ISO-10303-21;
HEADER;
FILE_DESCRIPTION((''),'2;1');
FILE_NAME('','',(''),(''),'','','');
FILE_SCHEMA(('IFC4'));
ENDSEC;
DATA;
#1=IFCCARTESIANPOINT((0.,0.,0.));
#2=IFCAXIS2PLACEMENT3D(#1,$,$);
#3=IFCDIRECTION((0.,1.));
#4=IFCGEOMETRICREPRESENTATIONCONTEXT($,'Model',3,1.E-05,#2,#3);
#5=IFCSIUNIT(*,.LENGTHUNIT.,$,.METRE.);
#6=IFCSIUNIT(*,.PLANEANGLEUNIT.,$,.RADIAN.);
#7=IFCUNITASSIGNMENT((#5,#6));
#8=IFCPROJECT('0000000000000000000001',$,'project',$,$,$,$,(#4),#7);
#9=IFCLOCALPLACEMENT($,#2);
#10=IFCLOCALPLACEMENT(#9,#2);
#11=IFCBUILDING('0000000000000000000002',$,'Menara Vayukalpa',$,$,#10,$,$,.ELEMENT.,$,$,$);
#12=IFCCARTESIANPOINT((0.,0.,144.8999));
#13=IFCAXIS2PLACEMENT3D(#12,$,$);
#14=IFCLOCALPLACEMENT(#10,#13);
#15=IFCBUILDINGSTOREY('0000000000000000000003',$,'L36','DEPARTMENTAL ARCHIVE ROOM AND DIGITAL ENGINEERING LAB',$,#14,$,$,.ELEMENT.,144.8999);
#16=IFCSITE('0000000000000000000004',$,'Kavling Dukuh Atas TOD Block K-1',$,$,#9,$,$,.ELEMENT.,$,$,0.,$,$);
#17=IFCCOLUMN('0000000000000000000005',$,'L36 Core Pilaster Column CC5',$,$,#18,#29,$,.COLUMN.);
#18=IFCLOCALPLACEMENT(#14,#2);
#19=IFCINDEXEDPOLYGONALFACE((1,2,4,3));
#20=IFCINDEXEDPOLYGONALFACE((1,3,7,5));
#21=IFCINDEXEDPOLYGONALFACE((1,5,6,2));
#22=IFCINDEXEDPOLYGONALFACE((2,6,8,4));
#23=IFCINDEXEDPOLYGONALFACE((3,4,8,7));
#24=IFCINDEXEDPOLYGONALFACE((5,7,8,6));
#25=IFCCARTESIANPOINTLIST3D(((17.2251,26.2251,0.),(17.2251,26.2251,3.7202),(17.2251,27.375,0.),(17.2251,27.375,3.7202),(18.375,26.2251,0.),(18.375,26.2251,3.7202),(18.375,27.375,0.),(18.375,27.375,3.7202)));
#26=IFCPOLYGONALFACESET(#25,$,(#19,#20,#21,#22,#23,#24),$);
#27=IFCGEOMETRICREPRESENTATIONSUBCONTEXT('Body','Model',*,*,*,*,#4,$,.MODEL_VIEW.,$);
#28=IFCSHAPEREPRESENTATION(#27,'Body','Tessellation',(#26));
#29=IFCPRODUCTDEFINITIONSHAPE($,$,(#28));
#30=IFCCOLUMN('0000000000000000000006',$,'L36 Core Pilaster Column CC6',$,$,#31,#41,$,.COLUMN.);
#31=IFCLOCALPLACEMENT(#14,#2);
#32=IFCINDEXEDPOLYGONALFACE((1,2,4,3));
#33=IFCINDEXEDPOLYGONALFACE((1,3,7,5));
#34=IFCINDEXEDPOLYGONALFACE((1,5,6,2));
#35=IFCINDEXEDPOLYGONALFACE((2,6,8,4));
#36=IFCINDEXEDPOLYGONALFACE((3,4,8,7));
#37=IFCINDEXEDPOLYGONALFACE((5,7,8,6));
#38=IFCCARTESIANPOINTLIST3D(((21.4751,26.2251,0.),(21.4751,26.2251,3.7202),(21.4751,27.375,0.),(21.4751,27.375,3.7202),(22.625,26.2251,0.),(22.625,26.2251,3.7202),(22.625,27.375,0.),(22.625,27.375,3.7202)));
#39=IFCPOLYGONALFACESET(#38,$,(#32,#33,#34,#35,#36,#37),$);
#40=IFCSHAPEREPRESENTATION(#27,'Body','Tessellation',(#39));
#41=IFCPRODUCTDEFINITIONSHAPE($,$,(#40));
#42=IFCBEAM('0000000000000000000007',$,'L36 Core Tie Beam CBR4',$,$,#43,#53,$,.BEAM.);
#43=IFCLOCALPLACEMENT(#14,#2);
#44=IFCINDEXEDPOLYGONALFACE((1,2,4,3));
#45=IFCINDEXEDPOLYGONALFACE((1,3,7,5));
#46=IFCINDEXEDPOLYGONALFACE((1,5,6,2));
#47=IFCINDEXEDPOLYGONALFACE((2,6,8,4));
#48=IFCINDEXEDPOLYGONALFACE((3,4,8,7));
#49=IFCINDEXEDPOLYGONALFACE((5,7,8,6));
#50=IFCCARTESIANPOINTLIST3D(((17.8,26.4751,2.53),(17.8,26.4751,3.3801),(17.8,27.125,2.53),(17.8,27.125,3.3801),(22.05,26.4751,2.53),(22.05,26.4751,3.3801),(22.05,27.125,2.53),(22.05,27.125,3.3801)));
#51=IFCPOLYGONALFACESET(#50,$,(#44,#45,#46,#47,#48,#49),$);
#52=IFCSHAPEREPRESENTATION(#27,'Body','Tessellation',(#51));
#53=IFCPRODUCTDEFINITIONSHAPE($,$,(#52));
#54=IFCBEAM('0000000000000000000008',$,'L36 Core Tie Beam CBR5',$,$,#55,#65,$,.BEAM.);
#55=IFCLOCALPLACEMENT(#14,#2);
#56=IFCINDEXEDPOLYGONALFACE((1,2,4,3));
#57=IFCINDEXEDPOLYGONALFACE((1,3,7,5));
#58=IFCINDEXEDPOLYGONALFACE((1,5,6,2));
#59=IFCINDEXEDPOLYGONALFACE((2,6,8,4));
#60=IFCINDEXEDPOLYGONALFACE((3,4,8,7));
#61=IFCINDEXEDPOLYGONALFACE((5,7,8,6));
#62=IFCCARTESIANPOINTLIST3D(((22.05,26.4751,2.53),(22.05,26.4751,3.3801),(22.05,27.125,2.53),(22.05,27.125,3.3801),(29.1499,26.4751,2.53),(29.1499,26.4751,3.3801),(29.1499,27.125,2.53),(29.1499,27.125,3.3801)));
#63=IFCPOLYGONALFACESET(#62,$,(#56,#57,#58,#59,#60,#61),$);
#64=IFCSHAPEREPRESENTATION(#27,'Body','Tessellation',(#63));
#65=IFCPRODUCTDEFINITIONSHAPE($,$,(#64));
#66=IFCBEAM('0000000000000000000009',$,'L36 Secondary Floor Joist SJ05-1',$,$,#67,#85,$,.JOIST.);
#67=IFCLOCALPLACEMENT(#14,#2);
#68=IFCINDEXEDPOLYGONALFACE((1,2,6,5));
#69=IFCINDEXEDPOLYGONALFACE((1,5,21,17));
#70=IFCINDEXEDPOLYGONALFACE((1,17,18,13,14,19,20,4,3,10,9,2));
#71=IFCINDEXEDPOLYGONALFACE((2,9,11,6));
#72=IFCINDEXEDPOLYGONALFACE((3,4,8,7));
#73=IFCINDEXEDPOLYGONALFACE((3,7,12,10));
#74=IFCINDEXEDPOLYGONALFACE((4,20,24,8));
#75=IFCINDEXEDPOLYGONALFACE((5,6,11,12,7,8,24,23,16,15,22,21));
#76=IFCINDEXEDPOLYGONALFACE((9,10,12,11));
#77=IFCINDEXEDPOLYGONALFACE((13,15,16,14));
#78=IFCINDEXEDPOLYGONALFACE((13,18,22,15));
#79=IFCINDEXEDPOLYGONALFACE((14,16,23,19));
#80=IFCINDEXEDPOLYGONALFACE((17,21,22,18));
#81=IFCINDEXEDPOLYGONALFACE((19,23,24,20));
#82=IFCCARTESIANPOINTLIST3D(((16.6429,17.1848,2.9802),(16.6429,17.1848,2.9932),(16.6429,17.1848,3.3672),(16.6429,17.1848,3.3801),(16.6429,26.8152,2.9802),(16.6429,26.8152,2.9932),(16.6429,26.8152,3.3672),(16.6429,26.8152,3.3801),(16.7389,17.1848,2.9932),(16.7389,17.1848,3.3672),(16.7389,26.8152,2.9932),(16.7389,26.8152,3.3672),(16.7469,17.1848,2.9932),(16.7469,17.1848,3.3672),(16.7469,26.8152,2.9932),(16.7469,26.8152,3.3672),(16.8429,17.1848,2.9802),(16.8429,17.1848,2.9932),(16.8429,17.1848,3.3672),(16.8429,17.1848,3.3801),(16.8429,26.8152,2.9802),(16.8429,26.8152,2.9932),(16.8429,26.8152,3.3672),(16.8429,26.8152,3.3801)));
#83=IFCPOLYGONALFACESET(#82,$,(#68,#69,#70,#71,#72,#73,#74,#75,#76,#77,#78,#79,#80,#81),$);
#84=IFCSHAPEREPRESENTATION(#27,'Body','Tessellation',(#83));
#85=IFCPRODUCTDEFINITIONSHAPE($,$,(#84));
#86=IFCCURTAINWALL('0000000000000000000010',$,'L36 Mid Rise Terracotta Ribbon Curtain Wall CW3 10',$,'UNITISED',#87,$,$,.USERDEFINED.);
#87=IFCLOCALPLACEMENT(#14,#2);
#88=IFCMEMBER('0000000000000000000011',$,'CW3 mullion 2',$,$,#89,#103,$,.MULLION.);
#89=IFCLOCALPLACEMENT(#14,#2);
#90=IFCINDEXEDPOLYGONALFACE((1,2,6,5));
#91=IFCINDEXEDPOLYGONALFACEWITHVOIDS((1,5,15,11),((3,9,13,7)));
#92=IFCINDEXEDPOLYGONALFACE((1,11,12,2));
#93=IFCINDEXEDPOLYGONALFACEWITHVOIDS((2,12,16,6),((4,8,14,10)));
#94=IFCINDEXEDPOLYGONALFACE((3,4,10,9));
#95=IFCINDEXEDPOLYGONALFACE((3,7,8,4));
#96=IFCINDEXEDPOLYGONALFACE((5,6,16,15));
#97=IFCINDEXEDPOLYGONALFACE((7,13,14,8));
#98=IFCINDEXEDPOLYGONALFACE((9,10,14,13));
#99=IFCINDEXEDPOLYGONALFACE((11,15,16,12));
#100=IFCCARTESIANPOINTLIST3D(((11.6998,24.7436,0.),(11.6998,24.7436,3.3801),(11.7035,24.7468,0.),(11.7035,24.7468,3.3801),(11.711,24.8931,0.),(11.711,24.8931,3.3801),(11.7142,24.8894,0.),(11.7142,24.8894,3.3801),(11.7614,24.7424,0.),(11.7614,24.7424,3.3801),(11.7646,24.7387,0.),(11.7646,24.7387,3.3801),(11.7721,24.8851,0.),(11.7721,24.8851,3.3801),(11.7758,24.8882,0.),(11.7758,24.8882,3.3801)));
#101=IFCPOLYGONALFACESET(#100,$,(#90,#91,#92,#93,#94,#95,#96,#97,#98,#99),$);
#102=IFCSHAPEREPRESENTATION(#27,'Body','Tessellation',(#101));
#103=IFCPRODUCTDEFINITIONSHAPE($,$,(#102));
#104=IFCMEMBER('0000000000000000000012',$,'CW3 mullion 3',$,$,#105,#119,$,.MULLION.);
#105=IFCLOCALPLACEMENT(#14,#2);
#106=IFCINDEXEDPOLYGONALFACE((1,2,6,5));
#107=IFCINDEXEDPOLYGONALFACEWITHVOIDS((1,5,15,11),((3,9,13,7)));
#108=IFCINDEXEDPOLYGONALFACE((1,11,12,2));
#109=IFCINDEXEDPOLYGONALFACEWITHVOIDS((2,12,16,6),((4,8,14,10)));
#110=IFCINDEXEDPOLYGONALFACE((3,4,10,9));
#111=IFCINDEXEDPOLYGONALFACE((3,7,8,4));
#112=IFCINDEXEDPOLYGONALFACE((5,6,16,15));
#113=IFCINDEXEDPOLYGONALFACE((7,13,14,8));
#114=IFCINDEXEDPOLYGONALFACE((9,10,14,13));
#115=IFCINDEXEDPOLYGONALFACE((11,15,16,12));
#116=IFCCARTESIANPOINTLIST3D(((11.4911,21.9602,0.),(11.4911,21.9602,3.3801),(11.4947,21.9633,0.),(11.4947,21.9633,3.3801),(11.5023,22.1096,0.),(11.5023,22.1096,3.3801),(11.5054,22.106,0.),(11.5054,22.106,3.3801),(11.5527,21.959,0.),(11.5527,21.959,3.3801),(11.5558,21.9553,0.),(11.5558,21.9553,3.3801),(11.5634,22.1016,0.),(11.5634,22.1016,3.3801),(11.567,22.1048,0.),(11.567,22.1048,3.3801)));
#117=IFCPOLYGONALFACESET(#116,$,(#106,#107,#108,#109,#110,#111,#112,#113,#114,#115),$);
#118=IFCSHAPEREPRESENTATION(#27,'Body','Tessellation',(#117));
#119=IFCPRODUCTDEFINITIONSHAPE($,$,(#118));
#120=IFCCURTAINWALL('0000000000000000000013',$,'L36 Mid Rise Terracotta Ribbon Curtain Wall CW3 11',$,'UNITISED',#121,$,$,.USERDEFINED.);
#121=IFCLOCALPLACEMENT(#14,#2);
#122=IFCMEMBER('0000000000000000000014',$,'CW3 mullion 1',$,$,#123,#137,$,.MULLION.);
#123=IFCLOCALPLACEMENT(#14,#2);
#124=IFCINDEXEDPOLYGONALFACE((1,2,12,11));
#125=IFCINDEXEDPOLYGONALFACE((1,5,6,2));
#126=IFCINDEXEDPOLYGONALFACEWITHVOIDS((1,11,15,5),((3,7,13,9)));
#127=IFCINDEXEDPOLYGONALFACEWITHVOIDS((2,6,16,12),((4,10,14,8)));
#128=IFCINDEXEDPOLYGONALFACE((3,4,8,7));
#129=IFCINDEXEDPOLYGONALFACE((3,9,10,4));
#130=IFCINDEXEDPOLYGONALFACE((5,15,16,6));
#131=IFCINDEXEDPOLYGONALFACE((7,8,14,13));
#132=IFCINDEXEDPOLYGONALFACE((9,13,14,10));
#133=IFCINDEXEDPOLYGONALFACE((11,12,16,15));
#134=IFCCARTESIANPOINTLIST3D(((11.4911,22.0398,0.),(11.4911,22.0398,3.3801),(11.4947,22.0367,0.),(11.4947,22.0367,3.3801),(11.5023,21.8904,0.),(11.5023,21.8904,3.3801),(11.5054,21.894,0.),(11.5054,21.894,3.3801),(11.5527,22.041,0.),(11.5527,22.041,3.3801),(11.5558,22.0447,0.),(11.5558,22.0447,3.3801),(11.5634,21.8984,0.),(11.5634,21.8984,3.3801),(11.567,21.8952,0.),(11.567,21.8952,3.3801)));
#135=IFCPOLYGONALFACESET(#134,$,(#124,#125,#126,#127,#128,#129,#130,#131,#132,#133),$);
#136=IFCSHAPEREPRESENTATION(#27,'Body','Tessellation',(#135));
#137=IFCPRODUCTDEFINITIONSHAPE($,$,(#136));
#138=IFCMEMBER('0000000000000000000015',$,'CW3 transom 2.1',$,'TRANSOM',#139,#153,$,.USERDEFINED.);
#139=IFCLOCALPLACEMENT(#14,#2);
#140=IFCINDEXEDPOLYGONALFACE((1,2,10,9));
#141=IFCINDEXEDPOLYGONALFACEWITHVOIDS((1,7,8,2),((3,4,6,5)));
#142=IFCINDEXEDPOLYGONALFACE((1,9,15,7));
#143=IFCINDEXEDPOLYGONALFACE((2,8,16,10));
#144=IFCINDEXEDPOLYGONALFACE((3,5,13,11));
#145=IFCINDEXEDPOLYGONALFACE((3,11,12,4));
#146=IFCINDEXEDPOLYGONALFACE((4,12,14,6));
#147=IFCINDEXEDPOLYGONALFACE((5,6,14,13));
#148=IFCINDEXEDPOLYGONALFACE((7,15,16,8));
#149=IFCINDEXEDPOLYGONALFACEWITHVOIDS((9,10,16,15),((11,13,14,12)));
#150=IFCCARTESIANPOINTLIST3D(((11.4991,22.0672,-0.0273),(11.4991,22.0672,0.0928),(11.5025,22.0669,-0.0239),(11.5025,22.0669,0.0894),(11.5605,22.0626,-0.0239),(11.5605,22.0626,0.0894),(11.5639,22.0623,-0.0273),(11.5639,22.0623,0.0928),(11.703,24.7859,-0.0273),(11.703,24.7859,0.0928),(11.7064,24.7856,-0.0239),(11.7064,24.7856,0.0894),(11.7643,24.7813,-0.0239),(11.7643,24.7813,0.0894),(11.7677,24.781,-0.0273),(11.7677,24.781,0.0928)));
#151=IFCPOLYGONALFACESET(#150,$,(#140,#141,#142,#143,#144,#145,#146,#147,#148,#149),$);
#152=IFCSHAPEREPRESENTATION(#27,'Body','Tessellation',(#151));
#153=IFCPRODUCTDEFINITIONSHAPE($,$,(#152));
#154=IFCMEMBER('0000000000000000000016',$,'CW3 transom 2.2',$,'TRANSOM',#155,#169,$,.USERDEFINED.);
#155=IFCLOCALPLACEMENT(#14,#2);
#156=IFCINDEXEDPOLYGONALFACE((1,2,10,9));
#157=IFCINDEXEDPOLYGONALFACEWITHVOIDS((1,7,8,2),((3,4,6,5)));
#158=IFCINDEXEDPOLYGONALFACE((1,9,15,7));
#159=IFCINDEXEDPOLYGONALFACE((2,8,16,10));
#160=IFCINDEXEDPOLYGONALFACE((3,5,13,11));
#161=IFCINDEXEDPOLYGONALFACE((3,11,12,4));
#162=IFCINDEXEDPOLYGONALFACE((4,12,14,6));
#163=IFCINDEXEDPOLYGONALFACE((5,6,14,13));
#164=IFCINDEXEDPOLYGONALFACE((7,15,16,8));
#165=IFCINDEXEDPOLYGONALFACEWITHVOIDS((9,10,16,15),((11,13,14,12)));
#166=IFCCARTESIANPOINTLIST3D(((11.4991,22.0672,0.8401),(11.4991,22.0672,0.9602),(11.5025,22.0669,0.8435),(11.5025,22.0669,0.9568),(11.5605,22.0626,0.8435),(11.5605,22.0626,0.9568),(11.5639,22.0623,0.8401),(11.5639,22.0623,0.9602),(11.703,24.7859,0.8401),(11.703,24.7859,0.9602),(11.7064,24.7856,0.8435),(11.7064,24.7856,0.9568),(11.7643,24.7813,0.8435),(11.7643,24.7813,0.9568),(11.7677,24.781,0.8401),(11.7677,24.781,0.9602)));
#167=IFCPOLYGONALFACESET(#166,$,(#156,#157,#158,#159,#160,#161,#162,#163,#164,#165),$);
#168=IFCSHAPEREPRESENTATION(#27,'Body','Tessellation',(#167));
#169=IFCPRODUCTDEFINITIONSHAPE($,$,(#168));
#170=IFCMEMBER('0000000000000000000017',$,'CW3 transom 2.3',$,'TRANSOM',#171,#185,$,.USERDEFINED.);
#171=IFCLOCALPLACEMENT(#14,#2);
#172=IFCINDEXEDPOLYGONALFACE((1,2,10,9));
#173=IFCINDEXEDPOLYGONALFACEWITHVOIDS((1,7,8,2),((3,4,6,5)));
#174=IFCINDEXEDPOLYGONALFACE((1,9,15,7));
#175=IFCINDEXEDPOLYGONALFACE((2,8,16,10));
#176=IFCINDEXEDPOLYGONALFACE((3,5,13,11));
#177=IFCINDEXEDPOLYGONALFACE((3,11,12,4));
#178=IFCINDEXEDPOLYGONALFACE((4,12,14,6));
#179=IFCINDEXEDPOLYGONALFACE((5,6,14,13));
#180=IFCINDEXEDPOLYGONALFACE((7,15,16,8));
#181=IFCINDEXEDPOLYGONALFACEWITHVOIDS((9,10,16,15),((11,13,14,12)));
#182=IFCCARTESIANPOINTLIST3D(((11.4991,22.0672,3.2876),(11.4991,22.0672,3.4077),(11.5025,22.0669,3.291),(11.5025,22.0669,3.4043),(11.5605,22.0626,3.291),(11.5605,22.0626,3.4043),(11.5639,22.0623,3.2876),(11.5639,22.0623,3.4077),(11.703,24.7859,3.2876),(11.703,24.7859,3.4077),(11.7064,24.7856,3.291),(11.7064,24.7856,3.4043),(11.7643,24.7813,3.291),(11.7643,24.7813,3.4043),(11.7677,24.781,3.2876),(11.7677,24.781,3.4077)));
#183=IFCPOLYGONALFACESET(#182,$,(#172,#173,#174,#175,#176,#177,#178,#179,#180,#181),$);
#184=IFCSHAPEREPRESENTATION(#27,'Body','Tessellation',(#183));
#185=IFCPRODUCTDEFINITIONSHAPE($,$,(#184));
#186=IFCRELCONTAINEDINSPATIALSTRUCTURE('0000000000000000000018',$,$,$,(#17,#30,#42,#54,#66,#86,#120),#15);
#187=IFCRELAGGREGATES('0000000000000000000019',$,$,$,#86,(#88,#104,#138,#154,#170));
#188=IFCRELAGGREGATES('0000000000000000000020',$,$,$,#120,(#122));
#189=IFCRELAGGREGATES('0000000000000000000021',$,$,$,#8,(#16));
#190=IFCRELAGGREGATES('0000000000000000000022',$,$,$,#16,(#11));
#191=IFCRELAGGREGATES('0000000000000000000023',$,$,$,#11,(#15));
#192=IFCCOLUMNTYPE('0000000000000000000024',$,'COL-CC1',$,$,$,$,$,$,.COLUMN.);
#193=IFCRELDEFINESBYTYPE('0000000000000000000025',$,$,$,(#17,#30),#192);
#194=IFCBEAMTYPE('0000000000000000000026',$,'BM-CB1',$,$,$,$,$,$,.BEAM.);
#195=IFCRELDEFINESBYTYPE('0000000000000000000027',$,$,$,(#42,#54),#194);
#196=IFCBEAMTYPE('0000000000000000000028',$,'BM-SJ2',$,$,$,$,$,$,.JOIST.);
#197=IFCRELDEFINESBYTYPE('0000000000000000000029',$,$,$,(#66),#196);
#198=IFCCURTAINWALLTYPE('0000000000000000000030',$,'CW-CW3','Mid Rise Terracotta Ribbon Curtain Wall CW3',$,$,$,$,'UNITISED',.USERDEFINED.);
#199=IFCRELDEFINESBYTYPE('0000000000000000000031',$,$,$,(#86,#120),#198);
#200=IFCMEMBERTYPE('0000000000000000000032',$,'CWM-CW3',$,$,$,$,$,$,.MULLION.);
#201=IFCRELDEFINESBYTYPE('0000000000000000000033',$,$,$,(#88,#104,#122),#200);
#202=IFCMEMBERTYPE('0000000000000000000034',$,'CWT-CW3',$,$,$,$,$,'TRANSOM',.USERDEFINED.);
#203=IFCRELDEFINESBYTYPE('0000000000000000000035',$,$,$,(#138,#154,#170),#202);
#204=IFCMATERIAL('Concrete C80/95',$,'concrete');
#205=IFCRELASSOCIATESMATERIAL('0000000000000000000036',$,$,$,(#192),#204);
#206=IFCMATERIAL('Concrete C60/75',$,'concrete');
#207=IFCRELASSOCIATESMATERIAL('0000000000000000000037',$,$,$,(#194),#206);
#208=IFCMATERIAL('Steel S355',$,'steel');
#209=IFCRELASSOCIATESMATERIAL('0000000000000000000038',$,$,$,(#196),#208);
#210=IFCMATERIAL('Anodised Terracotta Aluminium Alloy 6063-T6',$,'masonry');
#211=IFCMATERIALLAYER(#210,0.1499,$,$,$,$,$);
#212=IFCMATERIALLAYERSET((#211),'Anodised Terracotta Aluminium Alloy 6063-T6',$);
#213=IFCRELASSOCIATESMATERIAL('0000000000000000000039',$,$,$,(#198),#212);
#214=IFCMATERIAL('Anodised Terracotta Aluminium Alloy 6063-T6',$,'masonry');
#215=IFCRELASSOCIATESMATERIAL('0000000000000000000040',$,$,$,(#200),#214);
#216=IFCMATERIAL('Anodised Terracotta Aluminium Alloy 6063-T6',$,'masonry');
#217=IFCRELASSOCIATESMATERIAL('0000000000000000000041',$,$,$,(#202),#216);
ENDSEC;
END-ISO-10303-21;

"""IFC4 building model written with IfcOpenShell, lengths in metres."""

from ifc_helpers import new_model, si_unit, direction, frame, origin, origin_2d, place, context, subcontext, project, spatial, rectangle, hollow_rectangle, i_section, extrude, material, layer, layer_set, material_profile, profile_set, type_object, element, aggregate, save


model = new_model("IFC4")

# Units and contexts
model_context = context("Model", 3, precision=1e-05, world=origin(), true_north=direction((0.0, 1.0)))
body_context = subcontext(model_context, "Body", "Model", "MODEL_VIEW")
ifc_project = project(units=[si_unit("LENGTHUNIT", "METRE"), si_unit("PLANEANGLEUNIT", "RADIAN")], contexts=[model_context])

# Site, building, storey
site_placement = place(None, origin())
site = spatial("IfcSite", under=ifc_project, at=site_placement, Name="Kavling Dukuh Atas TOD Block K-1", CompositionType="ELEMENT", RefElevation=0.0)
building_placement = place(site_placement, origin())
building = spatial("IfcBuilding", under=site, at=building_placement, Name="Menara Vayukalpa", CompositionType="ELEMENT")
storey_placement = place(building_placement, frame((0.0, 0.0, 144.8999)))
storey = spatial("IfcBuildingStorey", under=building, at=storey_placement, Name="L36", Description="DEPARTMENTAL ARCHIVE ROOM AND DIGITAL ENGINEERING LAB", CompositionType="ELEMENT", Elevation=144.8999)

# Columns
ifc_material_1 = material(Name="Concrete C80/95", Category="concrete")
ifc_material_profile_1 = material_profile(ifc_material_1, rectangle(XDim=1.1499, YDim=1.1499, at=origin_2d()), Name="RC 1150x1150")
ifc_profile_set_1 = profile_set([ifc_material_profile_1], Name="Concrete C80/95")
column_type = type_object("IfcColumnType", Name="COL-CC1", PredefinedType="COLUMN", material=ifc_profile_set_1)
for number, where, z_axis, x_axis, name in (
    (1, (17.8, 26.8, 0.0), (0.0, 0.0, 1.0), (1.0, 0.0, 0.0), "L36 Core Pilaster Column CC5"),
    (2, (22.05, 26.8, 0.0), (0.0, 0.0, 1.0), (1.0, 0.0, 0.0), "L36 Core Pilaster Column CC6"),
):
    element("IfcColumn", number, at=place(storey_placement, frame(where, z_axis=z_axis, x_axis=x_axis)), inside=storey, type_object=column_type, Name=name, PredefinedType="COLUMN", context=body_context, shape_type="SweptSolid", body=[
        extrude(rectangle(XDim=1.1499, YDim=1.1499, at=origin_2d()), origin(), (0.0, 0.0, 1.0), 3.7202),
    ])

# Beams
ifc_material_2 = material(Name="Concrete C60/75", Category="concrete")
ifc_material_profile_2 = material_profile(ifc_material_2, rectangle(XDim=0.6499, YDim=0.8501, at=origin_2d()), Name="RC 650x850")
ifc_profile_set_2 = profile_set([ifc_material_profile_2], Name="Concrete C60/75")
beam_type_1 = type_object("IfcBeamType", Name="BM-CB1", PredefinedType="BEAM", material=ifc_profile_set_2)
beam_1_placement = place(storey_placement, frame((17.8, 26.8, 2.9551), z_axis=(1.0, 0.0, 0.0), x_axis=(0.0, 1.0, 0.0)))
element("IfcBeam", 3, at=beam_1_placement, inside=storey, type_object=beam_type_1, Name="L36 Core Tie Beam CBR4", PredefinedType="BEAM", context=body_context, shape_type="SweptSolid", body=[
    extrude(rectangle(XDim=0.6499, YDim=0.8501, at=origin_2d()), origin(), (0.0, 0.0, 1.0), 4.25),
])
beam_2_placement = place(storey_placement, frame((22.05, 26.8, 2.9551), z_axis=(1.0, 0.0, 0.0), x_axis=(0.0, 1.0, 0.0)))
element("IfcBeam", 4, at=beam_2_placement, inside=storey, type_object=beam_type_1, Name="L36 Core Tie Beam CBR5", PredefinedType="BEAM", context=body_context, shape_type="SweptSolid", body=[
    extrude(rectangle(XDim=0.6499, YDim=0.8501, at=origin_2d()), origin(), (0.0, 0.0, 1.0), 7.0999),
])
ifc_material_3 = material(Name="Steel S355", Category="steel")
ifc_material_profile_3 = material_profile(ifc_material_3, i_section(OverallWidth=0.2, OverallDepth=0.3999, WebThickness=0.0081, FlangeThickness=0.0129, at=origin_2d()), Name="WF 400x200x8x13")
ifc_profile_set_3 = profile_set([ifc_material_profile_3], Name="Steel S355")
beam_type_2 = type_object("IfcBeamType", Name="BM-SJ2", PredefinedType="JOIST", material=ifc_profile_set_3)
beam_3_placement = place(storey_placement, frame((16.7429, 26.8152, 3.1802), z_axis=(0.0, -1.0, 0.0), x_axis=(1.0, 0.0, 0.0)))
element("IfcBeam", 5, at=beam_3_placement, inside=storey, type_object=beam_type_2, Name="L36 Secondary Floor Joist SJ05-1", PredefinedType="JOIST", context=body_context, shape_type="SweptSolid", body=[
    extrude(i_section(OverallWidth=0.2, OverallDepth=0.3999, WebThickness=0.0081, FlangeThickness=0.0129, at=origin_2d()), origin(), (0.0, 0.0, 1.0), 9.6304),
])

# Curtain wall, members
ifc_material_4 = material(Name="Anodised Terracotta Aluminium Alloy 6063-T6", Category="masonry")
ifc_layer_1 = layer(ifc_material_4, 0.1499)
ifc_layer_set_1 = layer_set([ifc_layer_1], Name="Anodised Terracotta Aluminium Alloy 6063-T6")
curtain_wall_type = type_object("IfcCurtainWallType", Name="CW-CW3", Description="Mid Rise Terracotta Ribbon Curtain Wall CW3", ElementType="UNITISED", PredefinedType="USERDEFINED", material=ifc_layer_set_1)
curtain_wall_1_placement = place(storey_placement, origin())
curtain_wall_1 = element("IfcCurtainWall", 6, at=curtain_wall_1_placement, inside=storey, type_object=curtain_wall_type, Name="L36 Mid Rise Terracotta Ribbon Curtain Wall CW3 10", ObjectType="UNITISED", PredefinedType="USERDEFINED")
ifc_material_5 = material(Name="Anodised Terracotta Aluminium Alloy 6063-T6", Category="masonry")
ifc_material_profile_4 = material_profile(ifc_material_5, hollow_rectangle(XDim=0.0649, YDim=0.1499, WallThickness=0.0034, at=origin_2d()), Name="ALU 65x150x3.5")
ifc_profile_set_4 = profile_set([ifc_material_profile_4], Name="Anodised Terracotta Aluminium Alloy 6063-T6")
member_type_1 = type_object("IfcMemberType", Name="CWM-CW3", PredefinedType="MULLION", material=ifc_profile_set_4)
member_1_placement = place(storey_placement, frame((11.7378, 24.8159, 0.0), z_axis=(0.0, 0.0, 1.0), x_axis=(0.997199, -0.074793, 0.0)))
member_1 = element("IfcMember", 7, at=member_1_placement, type_object=member_type_1, Name="CW3 mullion 2", PredefinedType="MULLION", context=body_context, shape_type="SweptSolid", body=[
    extrude(hollow_rectangle(XDim=0.0649, YDim=0.1499, WallThickness=0.0034, at=origin_2d()), origin(), (0.0, 0.0, 1.0), 3.3801),
])
member_2_placement = place(storey_placement, frame((11.5291, 22.0325, 0.0), z_axis=(0.0, 0.0, 1.0), x_axis=(0.997199, -0.074793, 0.0)))
member_2 = element("IfcMember", 8, at=member_2_placement, type_object=member_type_1, Name="CW3 mullion 3", PredefinedType="MULLION", context=body_context, shape_type="SweptSolid", body=[
    extrude(hollow_rectangle(XDim=0.0649, YDim=0.1499, WallThickness=0.0034, at=origin_2d()), origin(), (0.0, 0.0, 1.0), 3.3801),
])

# Curtain wall, member
curtain_wall_2_placement = place(storey_placement, origin())
curtain_wall_2 = element("IfcCurtainWall", 9, at=curtain_wall_2_placement, inside=storey, type_object=curtain_wall_type, Name="L36 Mid Rise Terracotta Ribbon Curtain Wall CW3 11", ObjectType="UNITISED", PredefinedType="USERDEFINED")
member_3_placement = place(storey_placement, frame((11.5291, 21.9675, 0.0), z_axis=(0.0, 0.0, 1.0), x_axis=(0.997199, 0.074793, 0.0)))
member_3 = element("IfcMember", 10, at=member_3_placement, type_object=member_type_1, Name="CW3 mullion 1", PredefinedType="MULLION", context=body_context, shape_type="SweptSolid", body=[
    extrude(hollow_rectangle(XDim=0.0649, YDim=0.1499, WallThickness=0.0034, at=origin_2d()), origin(), (0.0, 0.0, 1.0), 3.3801),
])

# Members
ifc_material_6 = material(Name="Anodised Terracotta Aluminium Alloy 6063-T6", Category="masonry")
ifc_material_profile_5 = material_profile(ifc_material_6, hollow_rectangle(XDim=0.0649, YDim=0.1201, WallThickness=0.0034, at=origin_2d()), Name="ALU 65x120x3.5")
ifc_profile_set_5 = profile_set([ifc_material_profile_5], Name="Anodised Terracotta Aluminium Alloy 6063-T6")
member_type_2 = type_object("IfcMemberType", Name="CWT-CW3", ElementType="TRANSOM", PredefinedType="USERDEFINED", material=ifc_profile_set_5)
member_4_placement = place(storey_placement, frame((11.7354, 24.7834, 0.0327), z_axis=(-0.074772, -0.997201, 0.0), x_axis=(0.997201, -0.074772, 0.0)))
member_4 = element("IfcMember", 11, at=member_4_placement, type_object=member_type_2, Name="CW3 transom 2.1", ObjectType="TRANSOM", PredefinedType="USERDEFINED", context=body_context, shape_type="SweptSolid", body=[
    extrude(hollow_rectangle(XDim=0.0649, YDim=0.1201, WallThickness=0.0034, at=origin_2d()), origin(), (0.0, 0.0, 1.0), 2.7263),
])
member_5_placement = place(storey_placement, frame((11.7354, 24.7834, 0.9001), z_axis=(-0.074772, -0.997201, 0.0), x_axis=(0.997201, -0.074772, 0.0)))
member_5 = element("IfcMember", 12, at=member_5_placement, type_object=member_type_2, Name="CW3 transom 2.2", ObjectType="TRANSOM", PredefinedType="USERDEFINED", context=body_context, shape_type="SweptSolid", body=[
    extrude(hollow_rectangle(XDim=0.0649, YDim=0.1201, WallThickness=0.0034, at=origin_2d()), origin(), (0.0, 0.0, 1.0), 2.7263),
])
member_6_placement = place(storey_placement, frame((11.7354, 24.7834, 3.3477), z_axis=(-0.074772, -0.997201, 0.0), x_axis=(0.997201, -0.074772, 0.0)))
member_6 = element("IfcMember", 13, at=member_6_placement, type_object=member_type_2, Name="CW3 transom 2.3", ObjectType="TRANSOM", PredefinedType="USERDEFINED", context=body_context, shape_type="SweptSolid", body=[
    extrude(hollow_rectangle(XDim=0.0649, YDim=0.1201, WallThickness=0.0034, at=origin_2d()), origin(), (0.0, 0.0, 1.0), 2.7263),
])

aggregate(curtain_wall_1, [member_1, member_2, member_4, member_5, member_6])
aggregate(curtain_wall_2, [member_3])

save(model, "model.ifc")
